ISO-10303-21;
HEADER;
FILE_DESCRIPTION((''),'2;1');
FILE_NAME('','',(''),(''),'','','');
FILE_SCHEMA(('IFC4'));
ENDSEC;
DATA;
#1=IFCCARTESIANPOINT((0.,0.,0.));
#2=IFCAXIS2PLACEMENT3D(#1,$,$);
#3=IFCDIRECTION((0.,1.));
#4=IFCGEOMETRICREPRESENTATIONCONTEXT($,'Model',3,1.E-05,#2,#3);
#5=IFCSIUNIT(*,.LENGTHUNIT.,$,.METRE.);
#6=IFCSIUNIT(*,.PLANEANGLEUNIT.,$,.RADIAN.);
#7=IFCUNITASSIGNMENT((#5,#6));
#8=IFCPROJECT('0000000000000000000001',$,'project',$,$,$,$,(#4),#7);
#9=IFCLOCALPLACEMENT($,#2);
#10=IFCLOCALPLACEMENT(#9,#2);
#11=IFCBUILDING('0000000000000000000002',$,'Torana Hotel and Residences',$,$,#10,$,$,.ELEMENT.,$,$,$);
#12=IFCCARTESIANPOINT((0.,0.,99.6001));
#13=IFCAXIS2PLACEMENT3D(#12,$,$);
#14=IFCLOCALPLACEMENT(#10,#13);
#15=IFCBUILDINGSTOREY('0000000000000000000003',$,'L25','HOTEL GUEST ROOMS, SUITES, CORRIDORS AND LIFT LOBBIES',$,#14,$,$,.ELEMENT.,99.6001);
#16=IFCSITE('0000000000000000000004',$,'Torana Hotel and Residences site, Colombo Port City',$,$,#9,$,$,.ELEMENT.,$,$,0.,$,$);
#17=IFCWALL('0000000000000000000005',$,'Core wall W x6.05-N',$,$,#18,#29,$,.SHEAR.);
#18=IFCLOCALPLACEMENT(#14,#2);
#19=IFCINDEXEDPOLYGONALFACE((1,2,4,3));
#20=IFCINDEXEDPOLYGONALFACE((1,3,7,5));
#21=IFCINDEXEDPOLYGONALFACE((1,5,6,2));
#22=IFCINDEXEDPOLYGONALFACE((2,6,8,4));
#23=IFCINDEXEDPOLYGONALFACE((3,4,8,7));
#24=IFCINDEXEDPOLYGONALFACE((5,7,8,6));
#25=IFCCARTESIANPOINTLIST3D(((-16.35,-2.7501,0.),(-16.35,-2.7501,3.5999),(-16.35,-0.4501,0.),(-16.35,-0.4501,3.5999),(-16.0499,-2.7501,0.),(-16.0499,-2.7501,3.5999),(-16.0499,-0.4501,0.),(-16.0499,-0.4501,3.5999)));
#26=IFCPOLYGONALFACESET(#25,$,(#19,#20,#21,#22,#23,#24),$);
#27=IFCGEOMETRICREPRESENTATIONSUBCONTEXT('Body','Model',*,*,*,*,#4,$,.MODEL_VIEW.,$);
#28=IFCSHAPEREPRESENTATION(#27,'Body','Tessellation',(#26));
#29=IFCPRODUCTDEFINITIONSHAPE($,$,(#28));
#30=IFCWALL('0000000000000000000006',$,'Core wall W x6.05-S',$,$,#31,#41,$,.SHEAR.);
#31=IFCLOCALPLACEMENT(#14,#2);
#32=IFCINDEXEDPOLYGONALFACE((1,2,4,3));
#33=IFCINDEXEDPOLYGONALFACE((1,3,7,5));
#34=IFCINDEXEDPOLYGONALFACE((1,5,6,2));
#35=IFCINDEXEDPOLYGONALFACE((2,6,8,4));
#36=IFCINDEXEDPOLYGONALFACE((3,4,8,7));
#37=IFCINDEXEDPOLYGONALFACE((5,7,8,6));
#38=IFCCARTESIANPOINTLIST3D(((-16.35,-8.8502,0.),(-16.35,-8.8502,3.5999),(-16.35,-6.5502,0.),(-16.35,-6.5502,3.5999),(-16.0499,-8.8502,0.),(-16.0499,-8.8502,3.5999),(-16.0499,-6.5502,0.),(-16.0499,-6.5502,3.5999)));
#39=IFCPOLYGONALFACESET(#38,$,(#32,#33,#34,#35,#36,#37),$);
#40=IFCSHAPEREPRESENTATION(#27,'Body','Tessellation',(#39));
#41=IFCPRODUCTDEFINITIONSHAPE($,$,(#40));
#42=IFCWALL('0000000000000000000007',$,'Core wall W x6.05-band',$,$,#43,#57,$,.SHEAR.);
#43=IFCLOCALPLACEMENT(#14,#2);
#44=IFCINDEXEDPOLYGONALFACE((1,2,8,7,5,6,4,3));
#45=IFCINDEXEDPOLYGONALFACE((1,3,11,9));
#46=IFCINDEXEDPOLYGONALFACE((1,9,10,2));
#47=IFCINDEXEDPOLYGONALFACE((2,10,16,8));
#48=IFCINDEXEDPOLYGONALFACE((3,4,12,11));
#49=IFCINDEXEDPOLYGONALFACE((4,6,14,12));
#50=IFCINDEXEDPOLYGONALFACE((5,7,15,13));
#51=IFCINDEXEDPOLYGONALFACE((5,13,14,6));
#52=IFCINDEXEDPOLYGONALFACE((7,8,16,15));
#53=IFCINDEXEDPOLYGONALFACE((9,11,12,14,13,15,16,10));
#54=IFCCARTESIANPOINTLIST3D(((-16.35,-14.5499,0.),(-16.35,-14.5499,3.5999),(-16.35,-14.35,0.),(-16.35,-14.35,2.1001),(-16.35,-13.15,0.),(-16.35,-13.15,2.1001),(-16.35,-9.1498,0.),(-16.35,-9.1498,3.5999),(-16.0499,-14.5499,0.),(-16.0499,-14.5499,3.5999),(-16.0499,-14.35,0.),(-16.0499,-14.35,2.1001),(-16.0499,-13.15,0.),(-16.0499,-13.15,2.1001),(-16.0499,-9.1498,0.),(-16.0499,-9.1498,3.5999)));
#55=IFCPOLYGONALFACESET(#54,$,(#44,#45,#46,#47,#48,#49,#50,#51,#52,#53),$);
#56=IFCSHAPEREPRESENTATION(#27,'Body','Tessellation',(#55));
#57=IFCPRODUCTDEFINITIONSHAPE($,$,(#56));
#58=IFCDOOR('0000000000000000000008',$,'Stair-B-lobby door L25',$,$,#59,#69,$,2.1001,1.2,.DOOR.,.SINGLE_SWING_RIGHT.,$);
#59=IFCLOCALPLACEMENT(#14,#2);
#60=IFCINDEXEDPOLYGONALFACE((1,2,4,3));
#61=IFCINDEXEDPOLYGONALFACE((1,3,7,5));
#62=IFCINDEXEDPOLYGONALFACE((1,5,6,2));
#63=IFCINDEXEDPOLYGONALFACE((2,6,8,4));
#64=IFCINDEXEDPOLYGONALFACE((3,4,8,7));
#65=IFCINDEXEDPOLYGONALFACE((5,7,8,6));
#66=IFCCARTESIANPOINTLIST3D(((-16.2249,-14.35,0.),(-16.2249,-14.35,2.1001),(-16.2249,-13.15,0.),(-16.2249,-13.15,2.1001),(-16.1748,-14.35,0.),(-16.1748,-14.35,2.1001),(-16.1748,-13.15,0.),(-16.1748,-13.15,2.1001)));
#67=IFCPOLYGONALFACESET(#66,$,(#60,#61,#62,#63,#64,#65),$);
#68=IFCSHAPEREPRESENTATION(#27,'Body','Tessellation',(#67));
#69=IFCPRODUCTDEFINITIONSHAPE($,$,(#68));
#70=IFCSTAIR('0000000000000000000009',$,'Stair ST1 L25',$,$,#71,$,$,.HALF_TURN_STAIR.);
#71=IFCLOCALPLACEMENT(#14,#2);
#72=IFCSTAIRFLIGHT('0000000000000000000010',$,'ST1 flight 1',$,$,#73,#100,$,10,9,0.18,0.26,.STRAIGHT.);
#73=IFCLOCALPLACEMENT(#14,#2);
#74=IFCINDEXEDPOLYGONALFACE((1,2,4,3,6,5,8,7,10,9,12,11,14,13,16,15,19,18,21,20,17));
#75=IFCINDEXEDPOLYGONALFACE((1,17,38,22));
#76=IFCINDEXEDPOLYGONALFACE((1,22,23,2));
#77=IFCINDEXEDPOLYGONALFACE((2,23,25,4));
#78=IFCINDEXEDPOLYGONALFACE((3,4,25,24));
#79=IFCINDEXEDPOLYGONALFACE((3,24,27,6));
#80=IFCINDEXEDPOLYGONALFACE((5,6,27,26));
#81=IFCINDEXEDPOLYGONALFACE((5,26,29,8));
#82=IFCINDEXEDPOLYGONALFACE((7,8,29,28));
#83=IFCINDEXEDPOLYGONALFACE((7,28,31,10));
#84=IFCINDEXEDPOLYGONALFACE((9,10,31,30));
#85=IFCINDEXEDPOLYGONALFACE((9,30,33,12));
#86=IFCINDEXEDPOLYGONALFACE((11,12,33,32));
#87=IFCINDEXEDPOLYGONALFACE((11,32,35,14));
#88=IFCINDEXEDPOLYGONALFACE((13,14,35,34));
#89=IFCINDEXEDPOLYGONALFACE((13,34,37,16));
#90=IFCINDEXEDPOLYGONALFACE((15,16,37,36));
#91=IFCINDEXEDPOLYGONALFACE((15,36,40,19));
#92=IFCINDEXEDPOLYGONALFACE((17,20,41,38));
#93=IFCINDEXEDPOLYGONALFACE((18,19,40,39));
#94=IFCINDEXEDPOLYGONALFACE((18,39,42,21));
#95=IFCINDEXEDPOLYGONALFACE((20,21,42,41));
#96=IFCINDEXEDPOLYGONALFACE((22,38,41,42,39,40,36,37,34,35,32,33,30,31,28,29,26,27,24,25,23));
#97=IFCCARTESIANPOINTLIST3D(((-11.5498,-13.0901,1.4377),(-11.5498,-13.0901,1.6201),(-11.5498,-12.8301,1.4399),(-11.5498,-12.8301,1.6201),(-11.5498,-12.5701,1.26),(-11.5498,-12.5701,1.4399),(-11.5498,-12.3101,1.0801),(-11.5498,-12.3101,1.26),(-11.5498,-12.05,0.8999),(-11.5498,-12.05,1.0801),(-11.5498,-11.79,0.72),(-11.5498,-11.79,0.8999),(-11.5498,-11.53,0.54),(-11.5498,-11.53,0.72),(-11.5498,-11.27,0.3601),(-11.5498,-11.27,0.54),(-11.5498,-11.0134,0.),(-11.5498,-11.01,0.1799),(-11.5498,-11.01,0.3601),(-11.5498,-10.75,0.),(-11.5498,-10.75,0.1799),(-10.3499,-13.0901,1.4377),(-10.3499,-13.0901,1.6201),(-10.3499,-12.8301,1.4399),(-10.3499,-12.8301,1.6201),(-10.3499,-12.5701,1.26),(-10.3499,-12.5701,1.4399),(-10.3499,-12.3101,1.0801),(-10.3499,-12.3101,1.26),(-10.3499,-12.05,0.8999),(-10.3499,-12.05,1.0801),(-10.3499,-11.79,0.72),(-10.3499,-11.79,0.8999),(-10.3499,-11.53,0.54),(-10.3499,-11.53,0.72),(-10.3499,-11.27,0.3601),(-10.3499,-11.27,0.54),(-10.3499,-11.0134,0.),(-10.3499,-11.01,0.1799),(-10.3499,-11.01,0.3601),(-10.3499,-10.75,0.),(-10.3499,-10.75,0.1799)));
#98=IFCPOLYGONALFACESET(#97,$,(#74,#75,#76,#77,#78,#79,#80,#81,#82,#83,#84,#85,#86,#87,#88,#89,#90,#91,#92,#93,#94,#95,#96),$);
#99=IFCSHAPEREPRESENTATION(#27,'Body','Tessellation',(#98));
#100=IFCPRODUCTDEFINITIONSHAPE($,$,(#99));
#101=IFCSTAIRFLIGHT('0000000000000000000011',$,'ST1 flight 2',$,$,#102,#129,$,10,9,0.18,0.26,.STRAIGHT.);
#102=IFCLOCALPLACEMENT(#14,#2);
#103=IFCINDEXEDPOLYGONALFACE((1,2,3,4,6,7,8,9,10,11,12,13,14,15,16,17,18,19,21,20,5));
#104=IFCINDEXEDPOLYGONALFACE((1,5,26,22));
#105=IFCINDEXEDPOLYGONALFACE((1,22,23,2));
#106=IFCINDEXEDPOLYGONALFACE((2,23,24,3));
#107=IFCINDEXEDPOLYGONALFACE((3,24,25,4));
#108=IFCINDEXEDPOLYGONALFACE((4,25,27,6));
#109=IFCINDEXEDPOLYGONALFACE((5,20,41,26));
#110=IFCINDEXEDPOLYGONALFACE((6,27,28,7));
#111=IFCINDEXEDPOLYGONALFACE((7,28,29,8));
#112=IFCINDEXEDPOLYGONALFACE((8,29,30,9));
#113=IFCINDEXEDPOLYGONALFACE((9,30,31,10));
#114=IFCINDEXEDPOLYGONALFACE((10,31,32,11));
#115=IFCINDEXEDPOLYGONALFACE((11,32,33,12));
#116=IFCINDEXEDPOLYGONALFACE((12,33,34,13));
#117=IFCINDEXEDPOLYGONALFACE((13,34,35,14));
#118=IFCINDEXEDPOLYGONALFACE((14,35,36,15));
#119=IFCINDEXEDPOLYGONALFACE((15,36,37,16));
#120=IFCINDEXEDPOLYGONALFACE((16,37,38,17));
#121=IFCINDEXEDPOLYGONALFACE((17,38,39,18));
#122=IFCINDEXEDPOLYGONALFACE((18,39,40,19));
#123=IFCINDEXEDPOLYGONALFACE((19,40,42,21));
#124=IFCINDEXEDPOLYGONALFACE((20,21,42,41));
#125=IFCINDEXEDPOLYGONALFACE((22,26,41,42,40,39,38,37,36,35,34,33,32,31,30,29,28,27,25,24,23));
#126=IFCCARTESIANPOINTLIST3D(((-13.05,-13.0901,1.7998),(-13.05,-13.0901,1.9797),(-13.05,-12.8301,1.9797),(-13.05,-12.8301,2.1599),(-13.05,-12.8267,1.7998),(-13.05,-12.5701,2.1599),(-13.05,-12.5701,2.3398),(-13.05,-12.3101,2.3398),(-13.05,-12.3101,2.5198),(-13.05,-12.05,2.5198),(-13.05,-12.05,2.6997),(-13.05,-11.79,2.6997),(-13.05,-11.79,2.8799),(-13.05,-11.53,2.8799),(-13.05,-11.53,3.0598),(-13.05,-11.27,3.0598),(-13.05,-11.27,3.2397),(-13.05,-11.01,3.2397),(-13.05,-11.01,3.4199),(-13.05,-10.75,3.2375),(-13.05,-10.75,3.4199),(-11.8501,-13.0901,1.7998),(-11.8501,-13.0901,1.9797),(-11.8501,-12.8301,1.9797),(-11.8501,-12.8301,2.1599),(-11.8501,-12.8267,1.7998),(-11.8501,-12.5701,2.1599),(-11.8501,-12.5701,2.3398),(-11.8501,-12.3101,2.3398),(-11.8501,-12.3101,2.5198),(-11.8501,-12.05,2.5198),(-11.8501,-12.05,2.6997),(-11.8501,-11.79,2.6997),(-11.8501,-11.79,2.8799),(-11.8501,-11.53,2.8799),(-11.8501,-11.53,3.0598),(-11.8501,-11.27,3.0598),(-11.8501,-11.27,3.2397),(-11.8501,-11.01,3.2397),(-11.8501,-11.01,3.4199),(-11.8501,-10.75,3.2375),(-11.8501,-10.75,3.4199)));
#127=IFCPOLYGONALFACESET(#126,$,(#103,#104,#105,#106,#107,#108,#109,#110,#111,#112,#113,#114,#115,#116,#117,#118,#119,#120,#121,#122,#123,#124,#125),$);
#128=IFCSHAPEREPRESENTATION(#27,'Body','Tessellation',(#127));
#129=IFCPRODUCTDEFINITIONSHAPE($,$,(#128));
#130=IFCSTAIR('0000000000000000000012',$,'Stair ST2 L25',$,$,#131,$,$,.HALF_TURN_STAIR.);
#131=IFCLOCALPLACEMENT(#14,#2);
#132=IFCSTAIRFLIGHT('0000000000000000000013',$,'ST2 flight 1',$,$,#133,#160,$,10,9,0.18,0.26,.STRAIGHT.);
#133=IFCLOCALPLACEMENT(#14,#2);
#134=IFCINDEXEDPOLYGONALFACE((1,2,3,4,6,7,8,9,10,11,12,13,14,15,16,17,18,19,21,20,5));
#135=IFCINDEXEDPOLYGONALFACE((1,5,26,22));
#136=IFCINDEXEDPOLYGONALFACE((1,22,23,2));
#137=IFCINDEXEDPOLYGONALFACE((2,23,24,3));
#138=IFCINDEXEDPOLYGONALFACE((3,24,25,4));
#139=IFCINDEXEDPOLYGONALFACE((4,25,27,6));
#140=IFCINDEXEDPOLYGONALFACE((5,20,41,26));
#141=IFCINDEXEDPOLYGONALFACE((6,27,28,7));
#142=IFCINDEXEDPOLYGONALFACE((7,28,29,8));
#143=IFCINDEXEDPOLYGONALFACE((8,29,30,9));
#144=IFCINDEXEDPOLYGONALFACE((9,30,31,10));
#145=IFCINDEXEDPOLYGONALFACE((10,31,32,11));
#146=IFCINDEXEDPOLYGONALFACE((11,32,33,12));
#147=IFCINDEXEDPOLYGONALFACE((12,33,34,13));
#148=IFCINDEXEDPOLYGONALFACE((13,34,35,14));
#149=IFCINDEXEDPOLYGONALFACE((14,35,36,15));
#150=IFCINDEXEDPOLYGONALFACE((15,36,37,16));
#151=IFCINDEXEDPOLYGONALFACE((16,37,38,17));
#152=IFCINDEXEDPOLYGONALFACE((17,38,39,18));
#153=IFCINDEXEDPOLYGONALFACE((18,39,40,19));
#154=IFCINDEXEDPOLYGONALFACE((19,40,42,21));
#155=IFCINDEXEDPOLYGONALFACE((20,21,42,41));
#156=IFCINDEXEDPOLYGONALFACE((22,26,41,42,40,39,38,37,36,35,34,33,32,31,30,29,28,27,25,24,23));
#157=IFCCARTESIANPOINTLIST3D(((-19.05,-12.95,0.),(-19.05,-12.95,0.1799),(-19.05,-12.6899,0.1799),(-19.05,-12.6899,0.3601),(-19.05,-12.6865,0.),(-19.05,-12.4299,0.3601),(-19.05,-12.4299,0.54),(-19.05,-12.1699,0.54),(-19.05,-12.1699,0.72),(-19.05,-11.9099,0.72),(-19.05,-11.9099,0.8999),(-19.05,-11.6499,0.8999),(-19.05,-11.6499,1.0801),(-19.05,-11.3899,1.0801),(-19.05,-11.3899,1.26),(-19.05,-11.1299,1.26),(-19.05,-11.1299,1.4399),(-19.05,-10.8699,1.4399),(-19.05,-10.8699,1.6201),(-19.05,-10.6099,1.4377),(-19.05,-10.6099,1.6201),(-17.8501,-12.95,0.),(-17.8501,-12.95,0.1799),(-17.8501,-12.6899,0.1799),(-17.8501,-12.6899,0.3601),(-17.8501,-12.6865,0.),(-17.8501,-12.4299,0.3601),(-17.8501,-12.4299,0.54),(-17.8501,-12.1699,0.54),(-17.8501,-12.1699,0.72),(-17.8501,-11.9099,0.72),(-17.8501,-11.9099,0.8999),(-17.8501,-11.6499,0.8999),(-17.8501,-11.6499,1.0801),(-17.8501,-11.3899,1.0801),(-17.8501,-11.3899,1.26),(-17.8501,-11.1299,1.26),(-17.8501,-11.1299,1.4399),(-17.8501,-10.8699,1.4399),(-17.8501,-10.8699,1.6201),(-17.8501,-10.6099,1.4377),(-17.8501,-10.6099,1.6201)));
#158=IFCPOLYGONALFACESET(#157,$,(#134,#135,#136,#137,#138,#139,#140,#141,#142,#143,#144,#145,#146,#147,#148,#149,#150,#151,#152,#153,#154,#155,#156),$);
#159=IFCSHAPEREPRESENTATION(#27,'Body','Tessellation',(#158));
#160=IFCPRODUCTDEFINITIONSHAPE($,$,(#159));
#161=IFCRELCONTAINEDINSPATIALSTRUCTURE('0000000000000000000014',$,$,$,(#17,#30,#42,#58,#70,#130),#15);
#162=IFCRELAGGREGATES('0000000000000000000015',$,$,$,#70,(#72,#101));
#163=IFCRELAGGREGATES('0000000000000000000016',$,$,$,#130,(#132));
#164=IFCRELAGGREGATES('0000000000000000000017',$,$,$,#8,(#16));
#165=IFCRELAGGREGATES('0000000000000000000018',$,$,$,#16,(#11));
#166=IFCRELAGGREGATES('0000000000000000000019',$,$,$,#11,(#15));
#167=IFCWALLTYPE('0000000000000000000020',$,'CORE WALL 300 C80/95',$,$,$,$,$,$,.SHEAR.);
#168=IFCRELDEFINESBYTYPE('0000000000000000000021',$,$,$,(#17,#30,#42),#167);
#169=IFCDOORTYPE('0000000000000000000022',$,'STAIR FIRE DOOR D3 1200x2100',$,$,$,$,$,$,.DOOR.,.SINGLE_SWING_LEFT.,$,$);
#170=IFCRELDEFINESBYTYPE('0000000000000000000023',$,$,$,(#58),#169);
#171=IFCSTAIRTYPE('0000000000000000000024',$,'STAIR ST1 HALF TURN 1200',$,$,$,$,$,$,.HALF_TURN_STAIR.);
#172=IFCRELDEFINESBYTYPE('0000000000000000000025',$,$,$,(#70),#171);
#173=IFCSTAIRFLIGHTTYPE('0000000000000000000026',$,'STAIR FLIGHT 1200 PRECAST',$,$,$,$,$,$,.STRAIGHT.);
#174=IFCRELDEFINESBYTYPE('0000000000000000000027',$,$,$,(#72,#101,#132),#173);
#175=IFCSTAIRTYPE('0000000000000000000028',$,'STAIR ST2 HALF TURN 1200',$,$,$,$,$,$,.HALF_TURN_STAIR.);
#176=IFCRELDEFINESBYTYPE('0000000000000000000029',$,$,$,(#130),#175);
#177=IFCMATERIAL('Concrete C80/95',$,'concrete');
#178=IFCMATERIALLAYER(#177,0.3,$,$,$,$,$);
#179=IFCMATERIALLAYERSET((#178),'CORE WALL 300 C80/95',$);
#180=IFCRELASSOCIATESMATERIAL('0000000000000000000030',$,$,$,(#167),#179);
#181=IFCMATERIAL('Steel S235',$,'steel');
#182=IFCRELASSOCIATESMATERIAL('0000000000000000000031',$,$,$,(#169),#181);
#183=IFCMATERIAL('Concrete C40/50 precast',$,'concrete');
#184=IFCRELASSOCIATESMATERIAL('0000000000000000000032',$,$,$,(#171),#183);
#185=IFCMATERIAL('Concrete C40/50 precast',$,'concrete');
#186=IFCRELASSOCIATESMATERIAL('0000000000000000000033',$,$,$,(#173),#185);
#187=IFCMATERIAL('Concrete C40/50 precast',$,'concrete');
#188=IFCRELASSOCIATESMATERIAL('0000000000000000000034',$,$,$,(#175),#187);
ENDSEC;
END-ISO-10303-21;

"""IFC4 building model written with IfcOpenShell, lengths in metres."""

from ifc_helpers import new_model, si_unit, direction, frame, frame_2d, origin, place, context, subcontext, project, spatial, polyline, rectangle, outline, extrude, material, layer, layer_set, type_object, element, fill, aggregate, save


model = new_model("IFC4")

# Units and contexts
model_context = context("Model", 3, precision=1e-05, world=origin(), true_north=direction((0.0, 1.0)))
body_context = subcontext(model_context, "Body", "Model", "MODEL_VIEW")
ifc_project = project(units=[si_unit("LENGTHUNIT", "METRE"), si_unit("PLANEANGLEUNIT", "RADIAN")], contexts=[model_context])

# Site, building, storey
site_placement = place(None, origin())
site = spatial("IfcSite", under=ifc_project, at=site_placement, Name="Torana Hotel and Residences site, Colombo Port City", CompositionType="ELEMENT", RefElevation=0.0)
building_placement = place(site_placement, origin())
building = spatial("IfcBuilding", under=site, at=building_placement, Name="Torana Hotel and Residences", CompositionType="ELEMENT")
storey_placement = place(building_placement, frame((0.0, 0.0, 99.6001)))
storey = spatial("IfcBuildingStorey", under=building, at=storey_placement, Name="L25", Description="HOTEL GUEST ROOMS, SUITES, CORRIDORS AND LIFT LOBBIES", CompositionType="ELEMENT", Elevation=99.6001)

# Shared definitions
ifc_material_1 = material(Name="Concrete C80/95", Category="concrete")
ifc_layer_1 = layer(ifc_material_1, 0.3)
ifc_layer_set_1 = layer_set([ifc_layer_1], Name="CORE WALL 300 C80/95")
wall_type_1 = type_object("IfcWallType", Name="CORE WALL 300 C80/95", PredefinedType="SHEAR", material=ifc_layer_set_1)

# Shared definitions
ifc_material_2 = material(Name="Steel S235", Category="steel")
door_type_1 = type_object("IfcDoorType", Name="STAIR FIRE DOOR D3 1200x2100", OperationType="SINGLE_SWING_LEFT", PredefinedType="DOOR", material=ifc_material_2)

# Walls
for number, where, z_axis, x_axis, name in (
    (1, (-16.2, -2.75, 0.0), (0.0, 0.0, 1.0), (0.0, 1.0, 0.0), "Core wall W x6.05-N"),
    (2, (-16.2, -8.8501, 0.0), (0.0, 0.0, 1.0), (0.0, 1.0, 0.0), "Core wall W x6.05-S"),
):
    element("IfcWall", number, at=place(storey_placement, frame(where, z_axis=z_axis, x_axis=x_axis)), inside=storey, type_object=wall_type_1, Name=name, PredefinedType="SHEAR", context=body_context, shape_type="SweptSolid", body=[
        extrude(rectangle(XDim=2.3, YDim=0.3, at=frame_2d((1.1499, 0.0))), origin(), (0.0, 0.0, 1.0), 3.5999),
    ])

# Wall, opening, door
wall_1_placement = place(storey_placement, frame((-16.2, -14.55, 0.0), z_axis=(0.0, 0.0, 1.0), x_axis=(0.0, 1.0, 0.0)))
wall_1 = element("IfcWall", 3, at=wall_1_placement, inside=storey, type_object=wall_type_1, Name="Core wall W x6.05-band", PredefinedType="SHEAR", context=body_context, shape_type="SweptSolid", body=[
    extrude(rectangle(XDim=5.4001, YDim=0.3, at=frame_2d((2.7002, 0.0))), origin(), (0.0, 0.0, 1.0), 3.5999),
])
opening_1_placement = place(wall_1_placement, frame((0.2, 0.0, 0.0)))
opening_1 = element("IfcOpeningElement", 4, at=opening_1_placement, cuts=wall_1, PredefinedType="OPENING", context=body_context, shape_type="SweptSolid", body=[
    extrude(rectangle(XDim=1.2, YDim=2.1001, at=frame_2d((0.6001, 1.05))), frame((0.0, 0.1599, 0.0), z_axis=(0.0, -1.0, 0.0), x_axis=(1.0, 0.0, 0.0)), (0.0, 0.0, 1.0), 0.3201),
])
door_1_placement = place(opening_1_placement, origin())
door_1 = element("IfcDoor", 5, at=door_1_placement, inside=storey, type_object=door_type_1, Name="Stair-B-lobby door L25", OperationType="SINGLE_SWING_RIGHT", OverallHeight=2.1001, OverallWidth=1.2, PredefinedType="DOOR", context=body_context, shape_type="SweptSolid", body=[
    extrude(rectangle(XDim=1.2, YDim=2.1001, at=frame_2d((0.6001, 1.05))), frame((0.0, 0.0249, 0.0), z_axis=(0.0, -1.0, 0.0), x_axis=(1.0, 0.0, 0.0)), (0.0, 0.0, 1.0), 0.05),
])
fill(opening_1, door_1)

# Stairs, stair flights
ifc_material_3 = material(Name="Concrete C40/50 precast", Category="concrete")
stair_type_1 = type_object("IfcStairType", Name="STAIR ST1 HALF TURN 1200", PredefinedType="HALF_TURN_STAIR", material=ifc_material_3)
stair_1_placement = place(storey_placement, origin())
stair_1 = element("IfcStair", 6, at=stair_1_placement, inside=storey, type_object=stair_type_1, Name="Stair ST1 L25", PredefinedType="HALF_TURN_STAIR")
ifc_material_4 = material(Name="Concrete C40/50 precast", Category="concrete")
stair_flight_type = type_object("IfcStairFlightType", Name="STAIR FLIGHT 1200 PRECAST", PredefinedType="STRAIGHT", material=ifc_material_4)
stair_flight_1_placement = place(storey_placement, frame((-10.95, -10.75, 0.0), z_axis=(0.0, 0.0, 1.0), x_axis=(0.0, -1.0, 0.0)))
stair_flight_1 = element("IfcStairFlight", 7, at=stair_flight_1_placement, type_object=stair_flight_type, Name="ST1 flight 1", NumberOfRisers=10, NumberOfTreads=9, PredefinedType="STRAIGHT", RiserHeight=0.18, TreadLength=0.26, context=body_context, shape_type="SweptSolid", body=[
    extrude(outline(polyline([(0.0, 0.0), (0.0, 0.1799), (0.26, 0.1799), (0.26, 0.3601), (0.52, 0.3601), (0.52, 0.54), (0.78, 0.54), (0.78, 0.72), (1.04, 0.72), (1.04, 0.8999), (1.3, 0.8999), (1.3, 1.0801), (1.5601, 1.0801), (1.5601, 1.26), (1.8201, 1.26), (1.8201, 1.4399), (2.0801, 1.4399), (2.0801, 1.6201), (2.3401, 1.6201), (2.3401, 1.8), (2.3401, 1.4377), (0.2634, 0.0), (0.0, 0.0)])), frame((0.0, 0.6001, 0.0), z_axis=(0.0, -1.0, 0.0), x_axis=(1.0, 0.0, 0.0)), (0.0, 0.0, 1.0), 1.2),
])
stair_flight_2_placement = place(storey_placement, frame((-12.45, -13.0901, 1.7998), z_axis=(0.0, 0.0, 1.0), x_axis=(0.0, 1.0, 0.0)))
stair_flight_2 = element("IfcStairFlight", 8, at=stair_flight_2_placement, type_object=stair_flight_type, Name="ST1 flight 2", NumberOfRisers=10, NumberOfTreads=9, PredefinedType="STRAIGHT", RiserHeight=0.18, TreadLength=0.26, context=body_context, shape_type="SweptSolid", body=[
    extrude(outline(polyline([(0.0, 0.0), (0.0, 0.1799), (0.26, 0.1799), (0.26, 0.3601), (0.52, 0.3601), (0.52, 0.54), (0.78, 0.54), (0.78, 0.72), (1.04, 0.72), (1.04, 0.8999), (1.3, 0.8999), (1.3, 1.0801), (1.5601, 1.0801), (1.5601, 1.26), (1.8201, 1.26), (1.8201, 1.4399), (2.0801, 1.4399), (2.0801, 1.6201), (2.3401, 1.6201), (2.3401, 1.8), (2.3401, 1.4377), (0.2634, 0.0), (0.0, 0.0)])), frame((0.0, 0.6001, 0.0), z_axis=(0.0, -1.0, 0.0), x_axis=(1.0, 0.0, 0.0)), (0.0, 0.0, 1.0), 1.2),
])
aggregate(stair_1, [stair_flight_1, stair_flight_2])
ifc_material_5 = material(Name="Concrete C40/50 precast", Category="concrete")
stair_type_2 = type_object("IfcStairType", Name="STAIR ST2 HALF TURN 1200", PredefinedType="HALF_TURN_STAIR", material=ifc_material_5)
stair_2_placement = place(storey_placement, origin())
stair_2 = element("IfcStair", 9, at=stair_2_placement, inside=storey, type_object=stair_type_2, Name="Stair ST2 L25", PredefinedType="HALF_TURN_STAIR")
stair_flight_3_placement = place(storey_placement, frame((-18.45, -12.95, 0.0), z_axis=(0.0, 0.0, 1.0), x_axis=(0.0, 1.0, 0.0)))
stair_flight_3 = element("IfcStairFlight", 10, at=stair_flight_3_placement, type_object=stair_flight_type, Name="ST2 flight 1", NumberOfRisers=10, NumberOfTreads=9, PredefinedType="STRAIGHT", RiserHeight=0.18, TreadLength=0.26, context=body_context, shape_type="SweptSolid", body=[
    extrude(outline(polyline([(0.0, 0.0), (0.0, 0.1799), (0.26, 0.1799), (0.26, 0.3601), (0.52, 0.3601), (0.52, 0.54), (0.78, 0.54), (0.78, 0.72), (1.04, 0.72), (1.04, 0.8999), (1.3, 0.8999), (1.3, 1.0801), (1.5601, 1.0801), (1.5601, 1.26), (1.8201, 1.26), (1.8201, 1.4399), (2.0801, 1.4399), (2.0801, 1.6201), (2.3401, 1.6201), (2.3401, 1.8), (2.3401, 1.4377), (0.2634, 0.0), (0.0, 0.0)])), frame((0.0, 0.6001, 0.0), z_axis=(0.0, -1.0, 0.0), x_axis=(1.0, 0.0, 0.0)), (0.0, 0.0, 1.0), 1.2),
])
aggregate(stair_2, [stair_flight_3])

save(model, "model.ifc")
